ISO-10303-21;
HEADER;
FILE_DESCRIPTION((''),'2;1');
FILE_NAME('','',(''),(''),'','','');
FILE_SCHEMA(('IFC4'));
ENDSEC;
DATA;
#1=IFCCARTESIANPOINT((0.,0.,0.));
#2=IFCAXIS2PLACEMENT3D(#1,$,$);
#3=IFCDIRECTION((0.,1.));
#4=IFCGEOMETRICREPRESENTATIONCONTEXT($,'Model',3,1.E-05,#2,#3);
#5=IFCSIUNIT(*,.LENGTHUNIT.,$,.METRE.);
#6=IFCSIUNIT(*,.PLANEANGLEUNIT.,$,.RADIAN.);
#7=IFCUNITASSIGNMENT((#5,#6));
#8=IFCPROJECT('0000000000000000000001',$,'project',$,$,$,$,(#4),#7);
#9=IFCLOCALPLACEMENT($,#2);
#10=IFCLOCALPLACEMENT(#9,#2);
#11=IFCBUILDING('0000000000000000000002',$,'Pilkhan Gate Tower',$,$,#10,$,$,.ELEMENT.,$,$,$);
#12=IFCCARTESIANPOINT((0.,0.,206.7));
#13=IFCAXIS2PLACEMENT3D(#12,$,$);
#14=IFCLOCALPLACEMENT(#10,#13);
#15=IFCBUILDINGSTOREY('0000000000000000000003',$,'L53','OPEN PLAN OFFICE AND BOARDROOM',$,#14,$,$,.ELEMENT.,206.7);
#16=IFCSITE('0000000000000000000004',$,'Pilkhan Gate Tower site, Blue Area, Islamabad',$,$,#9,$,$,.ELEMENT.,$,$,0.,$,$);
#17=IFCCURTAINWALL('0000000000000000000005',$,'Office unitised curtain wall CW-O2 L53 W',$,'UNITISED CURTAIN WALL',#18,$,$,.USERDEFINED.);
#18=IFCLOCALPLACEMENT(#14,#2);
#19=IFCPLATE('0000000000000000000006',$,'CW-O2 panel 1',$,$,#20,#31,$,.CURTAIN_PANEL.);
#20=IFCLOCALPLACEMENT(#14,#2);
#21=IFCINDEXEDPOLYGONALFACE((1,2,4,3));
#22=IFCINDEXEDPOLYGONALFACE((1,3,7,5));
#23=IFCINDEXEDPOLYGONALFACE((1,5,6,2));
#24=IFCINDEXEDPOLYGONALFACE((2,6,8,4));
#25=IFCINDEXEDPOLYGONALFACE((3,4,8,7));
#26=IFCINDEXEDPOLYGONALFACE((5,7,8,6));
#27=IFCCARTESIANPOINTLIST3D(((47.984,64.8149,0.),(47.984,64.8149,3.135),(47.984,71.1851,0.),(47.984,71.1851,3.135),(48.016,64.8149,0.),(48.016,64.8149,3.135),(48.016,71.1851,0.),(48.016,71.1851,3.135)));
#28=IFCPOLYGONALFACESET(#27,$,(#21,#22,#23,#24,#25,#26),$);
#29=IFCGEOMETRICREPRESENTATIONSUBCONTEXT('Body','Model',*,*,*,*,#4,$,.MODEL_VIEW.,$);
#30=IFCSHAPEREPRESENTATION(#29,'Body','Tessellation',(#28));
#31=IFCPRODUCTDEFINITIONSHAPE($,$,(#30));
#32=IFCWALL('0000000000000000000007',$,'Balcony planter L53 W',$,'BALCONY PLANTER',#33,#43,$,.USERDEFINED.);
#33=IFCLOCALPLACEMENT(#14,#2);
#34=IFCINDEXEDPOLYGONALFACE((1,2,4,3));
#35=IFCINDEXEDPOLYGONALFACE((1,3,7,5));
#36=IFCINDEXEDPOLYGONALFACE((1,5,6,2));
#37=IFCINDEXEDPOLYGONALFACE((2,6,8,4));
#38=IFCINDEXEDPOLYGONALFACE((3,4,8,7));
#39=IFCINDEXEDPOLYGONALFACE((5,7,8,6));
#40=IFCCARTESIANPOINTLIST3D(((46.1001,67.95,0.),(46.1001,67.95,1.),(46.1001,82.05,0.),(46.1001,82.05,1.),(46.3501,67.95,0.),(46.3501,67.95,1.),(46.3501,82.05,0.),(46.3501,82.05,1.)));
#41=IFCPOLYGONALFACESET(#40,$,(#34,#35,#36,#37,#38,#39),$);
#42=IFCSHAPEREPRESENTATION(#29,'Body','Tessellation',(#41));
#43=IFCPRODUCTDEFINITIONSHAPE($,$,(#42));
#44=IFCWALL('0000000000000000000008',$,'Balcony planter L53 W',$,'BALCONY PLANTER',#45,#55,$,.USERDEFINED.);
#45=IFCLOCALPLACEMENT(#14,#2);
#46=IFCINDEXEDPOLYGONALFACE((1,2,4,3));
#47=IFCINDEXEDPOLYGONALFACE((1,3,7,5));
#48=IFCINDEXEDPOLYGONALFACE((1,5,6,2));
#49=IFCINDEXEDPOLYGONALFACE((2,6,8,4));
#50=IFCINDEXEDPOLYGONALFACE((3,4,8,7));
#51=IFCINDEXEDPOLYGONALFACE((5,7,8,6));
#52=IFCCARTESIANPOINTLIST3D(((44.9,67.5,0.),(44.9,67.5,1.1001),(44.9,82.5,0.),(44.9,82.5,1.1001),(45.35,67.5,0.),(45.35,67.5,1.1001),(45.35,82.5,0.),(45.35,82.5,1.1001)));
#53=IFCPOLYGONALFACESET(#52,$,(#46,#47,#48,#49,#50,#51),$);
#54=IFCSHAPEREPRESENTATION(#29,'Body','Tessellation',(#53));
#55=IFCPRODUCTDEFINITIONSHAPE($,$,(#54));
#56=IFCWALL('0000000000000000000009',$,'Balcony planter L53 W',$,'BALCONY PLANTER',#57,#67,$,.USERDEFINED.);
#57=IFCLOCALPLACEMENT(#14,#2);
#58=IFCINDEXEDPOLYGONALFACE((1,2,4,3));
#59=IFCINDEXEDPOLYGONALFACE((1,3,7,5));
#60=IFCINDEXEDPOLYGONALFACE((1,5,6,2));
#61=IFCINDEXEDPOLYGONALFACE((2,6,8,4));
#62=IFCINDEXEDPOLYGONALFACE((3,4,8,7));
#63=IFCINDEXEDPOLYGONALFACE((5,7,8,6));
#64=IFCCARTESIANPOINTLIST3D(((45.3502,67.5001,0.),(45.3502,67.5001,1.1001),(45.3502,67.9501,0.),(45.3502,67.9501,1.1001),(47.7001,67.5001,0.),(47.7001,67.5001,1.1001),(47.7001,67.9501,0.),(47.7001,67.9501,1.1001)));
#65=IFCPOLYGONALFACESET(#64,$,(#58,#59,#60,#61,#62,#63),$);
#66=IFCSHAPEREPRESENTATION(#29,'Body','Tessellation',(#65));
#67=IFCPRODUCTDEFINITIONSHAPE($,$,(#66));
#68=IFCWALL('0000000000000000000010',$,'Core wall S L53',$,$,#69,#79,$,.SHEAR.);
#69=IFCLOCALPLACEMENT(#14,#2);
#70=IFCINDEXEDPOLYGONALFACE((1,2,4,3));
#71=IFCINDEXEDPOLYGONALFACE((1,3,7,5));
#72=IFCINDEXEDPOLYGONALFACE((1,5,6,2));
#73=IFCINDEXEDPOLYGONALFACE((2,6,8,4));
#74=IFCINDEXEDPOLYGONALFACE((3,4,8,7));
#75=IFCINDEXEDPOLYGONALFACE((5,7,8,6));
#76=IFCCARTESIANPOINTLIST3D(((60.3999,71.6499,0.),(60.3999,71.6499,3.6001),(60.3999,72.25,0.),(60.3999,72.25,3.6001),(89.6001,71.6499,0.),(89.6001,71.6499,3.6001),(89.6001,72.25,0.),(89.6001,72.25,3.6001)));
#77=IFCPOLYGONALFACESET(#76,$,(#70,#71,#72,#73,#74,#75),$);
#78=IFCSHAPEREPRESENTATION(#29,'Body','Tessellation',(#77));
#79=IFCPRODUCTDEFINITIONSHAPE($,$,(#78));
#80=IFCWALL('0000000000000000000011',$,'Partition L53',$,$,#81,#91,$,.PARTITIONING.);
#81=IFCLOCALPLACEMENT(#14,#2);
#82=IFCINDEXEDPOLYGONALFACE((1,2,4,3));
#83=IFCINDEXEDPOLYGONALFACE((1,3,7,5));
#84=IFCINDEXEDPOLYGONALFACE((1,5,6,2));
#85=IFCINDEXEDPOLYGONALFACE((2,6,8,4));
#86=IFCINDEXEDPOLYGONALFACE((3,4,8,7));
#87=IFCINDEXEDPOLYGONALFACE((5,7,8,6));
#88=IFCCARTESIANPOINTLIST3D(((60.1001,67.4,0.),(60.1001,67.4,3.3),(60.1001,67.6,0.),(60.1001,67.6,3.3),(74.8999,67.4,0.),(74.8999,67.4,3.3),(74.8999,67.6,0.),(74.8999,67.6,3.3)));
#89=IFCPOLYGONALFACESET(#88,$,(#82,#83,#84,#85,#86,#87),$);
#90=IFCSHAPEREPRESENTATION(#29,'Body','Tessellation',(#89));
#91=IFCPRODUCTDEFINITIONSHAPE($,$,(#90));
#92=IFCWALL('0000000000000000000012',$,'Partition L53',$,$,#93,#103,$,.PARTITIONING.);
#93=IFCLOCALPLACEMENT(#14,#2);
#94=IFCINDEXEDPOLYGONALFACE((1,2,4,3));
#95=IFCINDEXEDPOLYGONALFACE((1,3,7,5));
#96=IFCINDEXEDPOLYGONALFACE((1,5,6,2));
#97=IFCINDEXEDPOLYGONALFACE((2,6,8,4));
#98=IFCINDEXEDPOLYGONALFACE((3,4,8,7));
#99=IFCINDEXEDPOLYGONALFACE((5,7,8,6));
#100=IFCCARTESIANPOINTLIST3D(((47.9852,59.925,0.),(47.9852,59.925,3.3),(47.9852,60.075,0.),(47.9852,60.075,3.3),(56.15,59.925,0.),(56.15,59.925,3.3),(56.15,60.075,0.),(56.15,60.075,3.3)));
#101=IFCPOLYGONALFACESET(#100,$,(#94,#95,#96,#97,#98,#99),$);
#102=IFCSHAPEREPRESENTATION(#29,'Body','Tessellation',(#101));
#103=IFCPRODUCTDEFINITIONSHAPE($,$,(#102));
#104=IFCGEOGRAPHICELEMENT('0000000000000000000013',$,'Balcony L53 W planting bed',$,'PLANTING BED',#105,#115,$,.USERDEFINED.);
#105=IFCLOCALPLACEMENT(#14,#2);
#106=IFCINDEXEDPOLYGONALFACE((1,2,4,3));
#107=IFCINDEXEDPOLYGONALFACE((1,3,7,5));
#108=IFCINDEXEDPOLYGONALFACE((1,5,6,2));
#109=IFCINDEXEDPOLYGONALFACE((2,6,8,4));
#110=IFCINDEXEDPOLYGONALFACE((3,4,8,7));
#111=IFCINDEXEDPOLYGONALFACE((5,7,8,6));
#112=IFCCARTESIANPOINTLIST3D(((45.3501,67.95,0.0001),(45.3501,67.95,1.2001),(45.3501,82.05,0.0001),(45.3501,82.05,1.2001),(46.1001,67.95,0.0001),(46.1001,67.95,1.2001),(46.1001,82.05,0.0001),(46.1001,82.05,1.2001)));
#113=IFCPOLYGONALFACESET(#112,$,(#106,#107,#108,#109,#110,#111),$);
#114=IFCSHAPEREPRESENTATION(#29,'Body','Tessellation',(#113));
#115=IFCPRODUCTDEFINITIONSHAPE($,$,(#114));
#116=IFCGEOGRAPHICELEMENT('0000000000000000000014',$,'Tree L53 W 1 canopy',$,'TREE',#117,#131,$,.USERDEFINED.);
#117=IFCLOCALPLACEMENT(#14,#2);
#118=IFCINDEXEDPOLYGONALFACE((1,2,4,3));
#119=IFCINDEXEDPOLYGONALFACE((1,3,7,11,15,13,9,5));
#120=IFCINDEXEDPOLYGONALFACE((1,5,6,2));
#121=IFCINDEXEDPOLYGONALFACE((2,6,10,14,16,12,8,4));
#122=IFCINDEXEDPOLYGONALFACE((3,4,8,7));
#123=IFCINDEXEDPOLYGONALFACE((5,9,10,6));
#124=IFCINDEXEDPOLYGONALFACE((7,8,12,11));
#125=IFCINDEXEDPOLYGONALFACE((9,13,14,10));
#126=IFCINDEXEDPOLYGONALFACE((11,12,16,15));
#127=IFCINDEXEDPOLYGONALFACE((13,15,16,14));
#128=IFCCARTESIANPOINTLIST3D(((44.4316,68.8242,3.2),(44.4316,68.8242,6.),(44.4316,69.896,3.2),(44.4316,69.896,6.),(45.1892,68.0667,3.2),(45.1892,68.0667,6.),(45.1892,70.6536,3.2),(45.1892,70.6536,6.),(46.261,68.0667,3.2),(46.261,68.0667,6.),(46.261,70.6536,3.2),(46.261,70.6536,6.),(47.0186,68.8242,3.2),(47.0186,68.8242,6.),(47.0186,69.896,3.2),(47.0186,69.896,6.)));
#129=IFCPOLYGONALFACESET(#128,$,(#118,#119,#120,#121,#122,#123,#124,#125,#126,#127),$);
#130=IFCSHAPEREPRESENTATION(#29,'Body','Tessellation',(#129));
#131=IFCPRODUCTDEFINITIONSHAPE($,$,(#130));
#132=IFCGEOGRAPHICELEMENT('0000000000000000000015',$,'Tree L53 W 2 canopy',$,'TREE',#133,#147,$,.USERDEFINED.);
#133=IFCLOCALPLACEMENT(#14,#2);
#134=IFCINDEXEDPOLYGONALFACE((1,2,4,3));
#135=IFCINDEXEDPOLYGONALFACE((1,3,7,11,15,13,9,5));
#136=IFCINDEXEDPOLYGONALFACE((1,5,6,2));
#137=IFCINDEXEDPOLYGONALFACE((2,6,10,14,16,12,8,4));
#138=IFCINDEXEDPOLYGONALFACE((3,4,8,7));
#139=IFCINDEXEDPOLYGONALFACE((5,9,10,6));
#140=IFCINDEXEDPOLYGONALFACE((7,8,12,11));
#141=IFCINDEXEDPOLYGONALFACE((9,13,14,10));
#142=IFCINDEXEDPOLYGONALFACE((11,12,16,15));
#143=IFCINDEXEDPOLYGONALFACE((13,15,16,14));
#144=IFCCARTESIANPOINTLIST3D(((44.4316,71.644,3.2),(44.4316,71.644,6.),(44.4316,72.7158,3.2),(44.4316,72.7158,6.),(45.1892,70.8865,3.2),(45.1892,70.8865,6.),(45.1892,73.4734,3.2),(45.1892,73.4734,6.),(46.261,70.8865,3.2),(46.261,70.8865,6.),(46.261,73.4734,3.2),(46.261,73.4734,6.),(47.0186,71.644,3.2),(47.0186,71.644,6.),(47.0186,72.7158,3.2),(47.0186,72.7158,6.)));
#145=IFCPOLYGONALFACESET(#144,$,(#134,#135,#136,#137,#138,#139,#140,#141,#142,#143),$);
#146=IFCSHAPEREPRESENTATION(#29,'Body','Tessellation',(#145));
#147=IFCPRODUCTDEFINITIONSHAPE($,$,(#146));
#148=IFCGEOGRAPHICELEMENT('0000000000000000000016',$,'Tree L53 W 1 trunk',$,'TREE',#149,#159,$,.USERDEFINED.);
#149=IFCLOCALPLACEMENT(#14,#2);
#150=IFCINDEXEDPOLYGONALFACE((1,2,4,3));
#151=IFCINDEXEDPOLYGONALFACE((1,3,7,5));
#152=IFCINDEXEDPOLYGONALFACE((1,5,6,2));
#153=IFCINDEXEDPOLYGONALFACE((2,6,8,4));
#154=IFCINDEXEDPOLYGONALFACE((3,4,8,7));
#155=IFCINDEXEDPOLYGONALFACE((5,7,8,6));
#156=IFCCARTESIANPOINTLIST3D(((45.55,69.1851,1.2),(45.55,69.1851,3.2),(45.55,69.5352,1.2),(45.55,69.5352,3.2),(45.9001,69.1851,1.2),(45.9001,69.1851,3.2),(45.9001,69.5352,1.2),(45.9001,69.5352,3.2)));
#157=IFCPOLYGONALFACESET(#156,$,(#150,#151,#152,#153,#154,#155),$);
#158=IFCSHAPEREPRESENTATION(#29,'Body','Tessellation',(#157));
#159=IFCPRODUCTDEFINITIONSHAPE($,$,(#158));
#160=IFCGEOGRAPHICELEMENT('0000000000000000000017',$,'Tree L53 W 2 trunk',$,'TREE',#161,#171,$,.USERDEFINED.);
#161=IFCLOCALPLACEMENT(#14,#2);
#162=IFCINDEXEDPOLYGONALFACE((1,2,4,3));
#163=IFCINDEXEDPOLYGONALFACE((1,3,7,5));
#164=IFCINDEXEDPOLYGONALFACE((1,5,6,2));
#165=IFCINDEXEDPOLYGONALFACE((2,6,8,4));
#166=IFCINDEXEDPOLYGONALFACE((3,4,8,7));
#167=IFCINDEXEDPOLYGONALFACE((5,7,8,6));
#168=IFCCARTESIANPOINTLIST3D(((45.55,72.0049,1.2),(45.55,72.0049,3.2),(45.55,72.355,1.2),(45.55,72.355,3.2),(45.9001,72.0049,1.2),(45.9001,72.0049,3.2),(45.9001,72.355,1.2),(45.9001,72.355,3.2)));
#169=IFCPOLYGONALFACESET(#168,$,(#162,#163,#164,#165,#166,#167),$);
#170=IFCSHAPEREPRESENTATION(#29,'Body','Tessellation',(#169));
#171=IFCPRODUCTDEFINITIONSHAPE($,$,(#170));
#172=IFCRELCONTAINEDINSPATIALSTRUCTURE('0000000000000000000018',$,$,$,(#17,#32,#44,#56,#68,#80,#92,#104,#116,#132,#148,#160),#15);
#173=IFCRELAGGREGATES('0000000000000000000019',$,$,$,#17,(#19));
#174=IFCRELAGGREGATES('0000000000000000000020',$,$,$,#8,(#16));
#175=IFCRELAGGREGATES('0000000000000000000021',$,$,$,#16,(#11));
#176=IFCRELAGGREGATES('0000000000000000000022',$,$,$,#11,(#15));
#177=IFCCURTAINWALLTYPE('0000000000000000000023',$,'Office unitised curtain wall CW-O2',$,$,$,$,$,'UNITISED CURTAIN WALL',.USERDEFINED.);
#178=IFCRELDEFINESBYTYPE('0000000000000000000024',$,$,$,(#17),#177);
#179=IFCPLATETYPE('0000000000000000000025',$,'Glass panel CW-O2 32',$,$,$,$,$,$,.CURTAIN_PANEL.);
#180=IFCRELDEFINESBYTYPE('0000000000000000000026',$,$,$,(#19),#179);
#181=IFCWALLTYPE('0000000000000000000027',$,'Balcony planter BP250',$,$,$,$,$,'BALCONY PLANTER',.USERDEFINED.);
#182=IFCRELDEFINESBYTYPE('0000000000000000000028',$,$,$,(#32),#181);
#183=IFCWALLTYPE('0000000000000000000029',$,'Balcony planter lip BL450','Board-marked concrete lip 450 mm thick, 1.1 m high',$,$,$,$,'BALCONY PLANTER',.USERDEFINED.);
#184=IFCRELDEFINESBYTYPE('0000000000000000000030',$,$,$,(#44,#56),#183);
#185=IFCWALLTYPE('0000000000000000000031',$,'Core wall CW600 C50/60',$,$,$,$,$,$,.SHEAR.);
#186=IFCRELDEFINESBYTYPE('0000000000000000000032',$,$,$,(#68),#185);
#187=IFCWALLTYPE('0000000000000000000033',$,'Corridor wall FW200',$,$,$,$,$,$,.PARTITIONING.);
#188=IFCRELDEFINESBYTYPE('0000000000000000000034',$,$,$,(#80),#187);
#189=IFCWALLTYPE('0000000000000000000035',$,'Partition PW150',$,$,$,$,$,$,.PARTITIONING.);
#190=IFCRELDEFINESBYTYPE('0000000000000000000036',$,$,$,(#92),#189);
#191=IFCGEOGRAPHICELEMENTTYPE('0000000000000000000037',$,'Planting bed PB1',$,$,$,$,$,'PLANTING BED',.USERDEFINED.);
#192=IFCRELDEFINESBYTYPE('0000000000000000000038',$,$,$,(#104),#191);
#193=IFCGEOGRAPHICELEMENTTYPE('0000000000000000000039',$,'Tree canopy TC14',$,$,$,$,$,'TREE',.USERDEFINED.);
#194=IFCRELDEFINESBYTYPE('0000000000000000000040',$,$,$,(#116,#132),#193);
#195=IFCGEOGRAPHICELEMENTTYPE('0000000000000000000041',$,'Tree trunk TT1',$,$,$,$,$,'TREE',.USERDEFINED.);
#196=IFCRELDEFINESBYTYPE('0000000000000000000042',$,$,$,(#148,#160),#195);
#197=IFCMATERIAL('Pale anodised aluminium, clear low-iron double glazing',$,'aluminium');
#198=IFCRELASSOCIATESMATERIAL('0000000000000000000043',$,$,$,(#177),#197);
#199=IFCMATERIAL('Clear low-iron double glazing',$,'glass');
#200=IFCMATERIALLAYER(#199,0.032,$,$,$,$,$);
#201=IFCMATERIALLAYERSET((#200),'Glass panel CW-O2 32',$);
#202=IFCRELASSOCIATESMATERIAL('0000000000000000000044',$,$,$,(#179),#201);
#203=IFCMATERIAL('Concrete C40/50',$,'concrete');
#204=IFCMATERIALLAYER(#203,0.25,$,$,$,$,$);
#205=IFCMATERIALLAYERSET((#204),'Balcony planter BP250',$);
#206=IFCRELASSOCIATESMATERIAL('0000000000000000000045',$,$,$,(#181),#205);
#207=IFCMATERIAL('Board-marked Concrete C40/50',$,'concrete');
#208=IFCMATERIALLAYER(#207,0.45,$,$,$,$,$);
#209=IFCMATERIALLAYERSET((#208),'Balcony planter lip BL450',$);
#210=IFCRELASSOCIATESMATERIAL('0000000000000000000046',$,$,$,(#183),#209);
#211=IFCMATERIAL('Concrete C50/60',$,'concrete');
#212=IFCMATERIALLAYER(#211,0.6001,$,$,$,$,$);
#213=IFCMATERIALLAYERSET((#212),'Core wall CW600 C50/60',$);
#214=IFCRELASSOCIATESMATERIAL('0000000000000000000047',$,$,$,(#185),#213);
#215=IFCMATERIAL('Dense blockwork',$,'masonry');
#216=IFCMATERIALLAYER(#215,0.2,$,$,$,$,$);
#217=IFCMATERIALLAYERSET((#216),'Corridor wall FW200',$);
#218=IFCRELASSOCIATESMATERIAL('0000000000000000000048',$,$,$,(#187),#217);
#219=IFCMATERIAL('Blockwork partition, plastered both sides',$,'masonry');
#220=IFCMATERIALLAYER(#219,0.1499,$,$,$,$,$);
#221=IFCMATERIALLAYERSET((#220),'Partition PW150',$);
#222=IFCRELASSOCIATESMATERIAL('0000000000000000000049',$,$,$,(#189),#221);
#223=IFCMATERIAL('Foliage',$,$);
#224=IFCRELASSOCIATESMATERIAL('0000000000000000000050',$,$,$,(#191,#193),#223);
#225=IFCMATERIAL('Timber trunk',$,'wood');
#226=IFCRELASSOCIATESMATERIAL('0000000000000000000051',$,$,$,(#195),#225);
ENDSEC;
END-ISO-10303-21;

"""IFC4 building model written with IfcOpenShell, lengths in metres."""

from ifc_helpers import new_model, si_unit, direction, frame, frame_2d, origin, origin_2d, place, context, subcontext, project, spatial, polyline, rectangle, outline, extrude, material, layer, layer_set, material_profile, profile_set, type_object, element, aggregate, save


model = new_model("IFC4")

# Units and contexts
model_context = context("Model", 3, precision=1e-05, world=origin(), true_north=direction((0.0, 1.0)))
body_context = subcontext(model_context, "Body", "Model", "MODEL_VIEW")
ifc_project = project(units=[si_unit("LENGTHUNIT", "METRE"), si_unit("PLANEANGLEUNIT", "RADIAN")], contexts=[model_context])

# Site, building, storey
site_placement = place(None, origin())
site = spatial("IfcSite", under=ifc_project, at=site_placement, Name="Pilkhan Gate Tower site, Blue Area, Islamabad", CompositionType="ELEMENT", RefElevation=0.0)
building_placement = place(site_placement, origin())
building = spatial("IfcBuilding", under=site, at=building_placement, Name="Pilkhan Gate Tower", CompositionType="ELEMENT")
storey_placement = place(building_placement, frame((0.0, 0.0, 206.7)))
storey = spatial("IfcBuildingStorey", under=building, at=storey_placement, Name="L53", Description="OPEN PLAN OFFICE AND BOARDROOM", CompositionType="ELEMENT", Elevation=206.7)

# Shared definitions
ifc_material_1 = material(Name="Concrete C50/60", Category="concrete")

# Shared definitions
ifc_material_2 = material(Name="Pale anodised aluminium, clear low-iron double glazing", Category="aluminium")
curtain_wall_type = type_object("IfcCurtainWallType", Name="Office unitised curtain wall CW-O2", ElementType="UNITISED CURTAIN WALL", PredefinedType="USERDEFINED", material=ifc_material_2)

# Curtain wall
curtain_wall_1_placement = place(storey_placement, origin())
curtain_wall_1 = element("IfcCurtainWall", 1, at=curtain_wall_1_placement, inside=storey, type_object=curtain_wall_type, Name="Office unitised curtain wall CW-O2 L53 W", ObjectType="UNITISED CURTAIN WALL", PredefinedType="USERDEFINED")

# Plate
ifc_material_3 = material(Name="Clear low-iron double glazing", Category="glass")
ifc_layer_1 = layer(ifc_material_3, 0.032)
ifc_layer_set_1 = layer_set([ifc_layer_1], Name="Glass panel CW-O2 32")
plate_type = type_object("IfcPlateType", Name="Glass panel CW-O2 32", PredefinedType="CURTAIN_PANEL", material=ifc_layer_set_1)
plate_1_placement = place(storey_placement, frame((48.0, 68.0, 0.0), z_axis=(0.0, 0.0, 1.0), x_axis=(0.0, 1.0, 0.0)))
plate_1 = element("IfcPlate", 2, at=plate_1_placement, type_object=plate_type, Name="CW-O2 panel 1", PredefinedType="CURTAIN_PANEL", context=body_context, shape_type="SweptSolid", body=[
    extrude(rectangle(XDim=6.3701, YDim=0.032, at=origin_2d()), origin(), (0.0, 0.0, 1.0), 3.135),
])
aggregate(curtain_wall_1, [plate_1])

# Walls
ifc_material_4 = material(Name="Concrete C40/50", Category="concrete")
ifc_layer_2 = layer(ifc_material_4, 0.25)
ifc_layer_set_2 = layer_set([ifc_layer_2], Name="Balcony planter BP250")
wall_type_1 = type_object("IfcWallType", Name="Balcony planter BP250", ElementType="BALCONY PLANTER", PredefinedType="USERDEFINED", material=ifc_layer_set_2)
wall_1_placement = place(storey_placement, frame((46.2251, 67.95, 0.0), z_axis=(0.0, 0.0, 1.0), x_axis=(0.0, 1.0, 0.0)))
element("IfcWall", 3, at=wall_1_placement, inside=storey, type_object=wall_type_1, Name="Balcony planter L53 W", ObjectType="BALCONY PLANTER", PredefinedType="USERDEFINED", context=body_context, shape_type="SweptSolid", body=[
    extrude(rectangle(XDim=14.1001, YDim=0.25, at=frame_2d((7.05, 0.0))), origin(), (0.0, 0.0, 1.0), 1.0),
])
ifc_material_5 = material(Name="Board-marked Concrete C40/50", Category="concrete")
ifc_layer_3 = layer(ifc_material_5, 0.45)
ifc_layer_set_3 = layer_set([ifc_layer_3], Name="Balcony planter lip BL450")
wall_type_2 = type_object("IfcWallType", Name="Balcony planter lip BL450", Description="Board-marked concrete lip 450 mm thick, 1.1 m high", ElementType="BALCONY PLANTER", PredefinedType="USERDEFINED", material=ifc_layer_set_3)
wall_2_placement = place(storey_placement, frame((45.125, 67.5, 0.0), z_axis=(0.0, 0.0, 1.0), x_axis=(0.0, 1.0, 0.0)))
element("IfcWall", 4, at=wall_2_placement, inside=storey, type_object=wall_type_2, Name="Balcony planter L53 W", ObjectType="BALCONY PLANTER", PredefinedType="USERDEFINED", context=body_context, shape_type="SweptSolid", body=[
    extrude(rectangle(XDim=15.0, YDim=0.45, at=frame_2d((7.5, 0.0))), origin(), (0.0, 0.0, 1.0), 1.1001),
])
wall_3_placement = place(storey_placement, frame((47.7, 67.7251, 0.0), z_axis=(0.0, 0.0, 1.0), x_axis=(-1.0, 0.0, 0.0)))
element("IfcWall", 5, at=wall_3_placement, inside=storey, type_object=wall_type_2, Name="Balcony planter L53 W", ObjectType="BALCONY PLANTER", PredefinedType="USERDEFINED", context=body_context, shape_type="SweptSolid", body=[
    extrude(rectangle(XDim=2.3499, YDim=0.45, at=frame_2d((1.1748, 0.0))), origin(), (0.0, 0.0, 1.0), 1.1001),
])
ifc_layer_4 = layer(ifc_material_1, 0.6001)
ifc_layer_set_4 = layer_set([ifc_layer_4], Name="Core wall CW600 C50/60")
wall_type_3 = type_object("IfcWallType", Name="Core wall CW600 C50/60", PredefinedType="SHEAR", material=ifc_layer_set_4)
wall_4_placement = place(storey_placement, frame((60.3999, 71.95, 0.0), z_axis=(0.0, 0.0, 1.0), x_axis=(1.0, 0.0, 0.0)))
element("IfcWall", 6, at=wall_4_placement, inside=storey, type_object=wall_type_3, Name="Core wall S L53", PredefinedType="SHEAR", context=body_context, shape_type="SweptSolid", body=[
    extrude(rectangle(XDim=29.2002, YDim=0.6001, at=frame_2d((14.6001, 0.0))), origin(), (0.0, 0.0, 1.0), 3.6001),
])
ifc_material_6 = material(Name="Dense blockwork", Category="masonry")
ifc_layer_5 = layer(ifc_material_6, 0.2)
ifc_layer_set_5 = layer_set([ifc_layer_5], Name="Corridor wall FW200")
wall_type_4 = type_object("IfcWallType", Name="Corridor wall FW200", PredefinedType="PARTITIONING", material=ifc_layer_set_5)
wall_5_placement = place(storey_placement, frame((60.1001, 67.5, 0.0), z_axis=(0.0, 0.0, 1.0), x_axis=(1.0, 0.0, 0.0)))
element("IfcWall", 7, at=wall_5_placement, inside=storey, type_object=wall_type_4, Name="Partition L53", PredefinedType="PARTITIONING", context=body_context, shape_type="SweptSolid", body=[
    extrude(rectangle(XDim=14.7998, YDim=0.2, at=frame_2d((7.3999, 0.0))), origin(), (0.0, 0.0, 1.0), 3.3),
])

# Wall
ifc_material_7 = material(Name="Blockwork partition, plastered both sides", Category="masonry")
ifc_layer_6 = layer(ifc_material_7, 0.1499)
ifc_layer_set_6 = layer_set([ifc_layer_6], Name="Partition PW150")
wall_type_5 = type_object("IfcWallType", Name="Partition PW150", PredefinedType="PARTITIONING", material=ifc_layer_set_6)
wall_6_placement = place(storey_placement, frame((47.9851, 60.0, 0.0), z_axis=(0.0, 0.0, 1.0), x_axis=(1.0, 0.0, 0.0)))
element("IfcWall", 8, at=wall_6_placement, inside=storey, type_object=wall_type_5, Name="Partition L53", PredefinedType="PARTITIONING", context=body_context, shape_type="SweptSolid", body=[
    extrude(rectangle(XDim=8.1648, YDim=0.1499, at=frame_2d((4.0825, 0.0))), origin(), (0.0, 0.0, 1.0), 3.3),
])

# Geographic elements
ifc_material_8 = material(Name="Foliage")
ifc_material_profile_1 = material_profile(ifc_material_8, rectangle(XDim=0.75, YDim=1.2, at=origin_2d()), Name="Bed 750x1200")
ifc_profile_set_1 = profile_set([ifc_material_profile_1], Name="Foliage")
geographic_element_type_1 = type_object("IfcGeographicElementType", Name="Planting bed PB1", ElementType="PLANTING BED", PredefinedType="USERDEFINED", material=ifc_profile_set_1)
geographic_element_placement = place(storey_placement, frame((45.7251, 67.95, 0.6001), z_axis=(0.0, 1.0, 0.0), x_axis=(-1.0, 0.0, 0.0)))
element("IfcGeographicElement", 9, at=geographic_element_placement, inside=storey, type_object=geographic_element_type_1, Name="Balcony L53 W planting bed", ObjectType="PLANTING BED", PredefinedType="USERDEFINED", context=body_context, shape_type="SweptSolid", body=[
    extrude(rectangle(XDim=0.75, YDim=1.2, at=origin_2d()), origin(), (0.0, 0.0, 1.0), 14.1001),
])
ifc_material_profile_2 = material_profile(ifc_material_8, outline(polyline([(1.2935, 0.5359), (0.5359, 1.2935), (-0.5359, 1.2935), (-1.2935, 0.5359), (-1.2935, -0.5359), (-0.5359, -1.2935), (0.5359, -1.2935), (1.2935, -0.5359), (1.2935, 0.5359)])), Name="Canopy D2.8")
ifc_profile_set_2 = profile_set([ifc_material_profile_2], Name="Foliage")
geographic_element_type_2 = type_object("IfcGeographicElementType", Name="Tree canopy TC14", ElementType="TREE", PredefinedType="USERDEFINED", material=ifc_profile_set_2)
for number, where, z_axis, x_axis, name in (
    (10, (45.7251, 69.3601, 3.2), (0.0, 0.0, 1.0), (1.0, 0.0, 0.0), "Tree L53 W 1 canopy"),
    (11, (45.7251, 72.1799, 3.2), (0.0, 0.0, 1.0), (1.0, 0.0, 0.0), "Tree L53 W 2 canopy"),
):
    element("IfcGeographicElement", number, at=place(storey_placement, frame(where, z_axis=z_axis, x_axis=x_axis)), inside=storey, type_object=geographic_element_type_2, Name=name, ObjectType="TREE", PredefinedType="USERDEFINED", context=body_context, shape_type="SweptSolid", body=[
        extrude(outline(polyline([(1.2935, 0.5359), (0.5359, 1.2935), (-0.5359, 1.2935), (-1.2935, 0.5359), (-1.2935, -0.5359), (-0.5359, -1.2935), (0.5359, -1.2935), (1.2935, -0.5359), (1.2935, 0.5359)])), origin(), (0.0, 0.0, 1.0), 2.8),
    ])
ifc_material_9 = material(Name="Timber trunk", Category="wood")
geographic_element_type_3 = type_object("IfcGeographicElementType", Name="Tree trunk TT1", ElementType="TREE", PredefinedType="USERDEFINED", material=ifc_material_9)
for number, where, z_axis, x_axis, name in (
    (12, (45.7251, 69.3601, 1.2), (0.0, 0.0, 1.0), (1.0, 0.0, 0.0), "Tree L53 W 1 trunk"),
    (13, (45.7251, 72.1799, 1.2), (0.0, 0.0, 1.0), (1.0, 0.0, 0.0), "Tree L53 W 2 trunk"),
):
    element("IfcGeographicElement", number, at=place(storey_placement, frame(where, z_axis=z_axis, x_axis=x_axis)), inside=storey, type_object=geographic_element_type_3, Name=name, ObjectType="TREE", PredefinedType="USERDEFINED", context=body_context, shape_type="SweptSolid", body=[
        extrude(rectangle(XDim=0.3501, YDim=0.3501, at=origin_2d()), origin(), (0.0, 0.0, 1.0), 2.0),
    ])

save(model, "model.ifc")
